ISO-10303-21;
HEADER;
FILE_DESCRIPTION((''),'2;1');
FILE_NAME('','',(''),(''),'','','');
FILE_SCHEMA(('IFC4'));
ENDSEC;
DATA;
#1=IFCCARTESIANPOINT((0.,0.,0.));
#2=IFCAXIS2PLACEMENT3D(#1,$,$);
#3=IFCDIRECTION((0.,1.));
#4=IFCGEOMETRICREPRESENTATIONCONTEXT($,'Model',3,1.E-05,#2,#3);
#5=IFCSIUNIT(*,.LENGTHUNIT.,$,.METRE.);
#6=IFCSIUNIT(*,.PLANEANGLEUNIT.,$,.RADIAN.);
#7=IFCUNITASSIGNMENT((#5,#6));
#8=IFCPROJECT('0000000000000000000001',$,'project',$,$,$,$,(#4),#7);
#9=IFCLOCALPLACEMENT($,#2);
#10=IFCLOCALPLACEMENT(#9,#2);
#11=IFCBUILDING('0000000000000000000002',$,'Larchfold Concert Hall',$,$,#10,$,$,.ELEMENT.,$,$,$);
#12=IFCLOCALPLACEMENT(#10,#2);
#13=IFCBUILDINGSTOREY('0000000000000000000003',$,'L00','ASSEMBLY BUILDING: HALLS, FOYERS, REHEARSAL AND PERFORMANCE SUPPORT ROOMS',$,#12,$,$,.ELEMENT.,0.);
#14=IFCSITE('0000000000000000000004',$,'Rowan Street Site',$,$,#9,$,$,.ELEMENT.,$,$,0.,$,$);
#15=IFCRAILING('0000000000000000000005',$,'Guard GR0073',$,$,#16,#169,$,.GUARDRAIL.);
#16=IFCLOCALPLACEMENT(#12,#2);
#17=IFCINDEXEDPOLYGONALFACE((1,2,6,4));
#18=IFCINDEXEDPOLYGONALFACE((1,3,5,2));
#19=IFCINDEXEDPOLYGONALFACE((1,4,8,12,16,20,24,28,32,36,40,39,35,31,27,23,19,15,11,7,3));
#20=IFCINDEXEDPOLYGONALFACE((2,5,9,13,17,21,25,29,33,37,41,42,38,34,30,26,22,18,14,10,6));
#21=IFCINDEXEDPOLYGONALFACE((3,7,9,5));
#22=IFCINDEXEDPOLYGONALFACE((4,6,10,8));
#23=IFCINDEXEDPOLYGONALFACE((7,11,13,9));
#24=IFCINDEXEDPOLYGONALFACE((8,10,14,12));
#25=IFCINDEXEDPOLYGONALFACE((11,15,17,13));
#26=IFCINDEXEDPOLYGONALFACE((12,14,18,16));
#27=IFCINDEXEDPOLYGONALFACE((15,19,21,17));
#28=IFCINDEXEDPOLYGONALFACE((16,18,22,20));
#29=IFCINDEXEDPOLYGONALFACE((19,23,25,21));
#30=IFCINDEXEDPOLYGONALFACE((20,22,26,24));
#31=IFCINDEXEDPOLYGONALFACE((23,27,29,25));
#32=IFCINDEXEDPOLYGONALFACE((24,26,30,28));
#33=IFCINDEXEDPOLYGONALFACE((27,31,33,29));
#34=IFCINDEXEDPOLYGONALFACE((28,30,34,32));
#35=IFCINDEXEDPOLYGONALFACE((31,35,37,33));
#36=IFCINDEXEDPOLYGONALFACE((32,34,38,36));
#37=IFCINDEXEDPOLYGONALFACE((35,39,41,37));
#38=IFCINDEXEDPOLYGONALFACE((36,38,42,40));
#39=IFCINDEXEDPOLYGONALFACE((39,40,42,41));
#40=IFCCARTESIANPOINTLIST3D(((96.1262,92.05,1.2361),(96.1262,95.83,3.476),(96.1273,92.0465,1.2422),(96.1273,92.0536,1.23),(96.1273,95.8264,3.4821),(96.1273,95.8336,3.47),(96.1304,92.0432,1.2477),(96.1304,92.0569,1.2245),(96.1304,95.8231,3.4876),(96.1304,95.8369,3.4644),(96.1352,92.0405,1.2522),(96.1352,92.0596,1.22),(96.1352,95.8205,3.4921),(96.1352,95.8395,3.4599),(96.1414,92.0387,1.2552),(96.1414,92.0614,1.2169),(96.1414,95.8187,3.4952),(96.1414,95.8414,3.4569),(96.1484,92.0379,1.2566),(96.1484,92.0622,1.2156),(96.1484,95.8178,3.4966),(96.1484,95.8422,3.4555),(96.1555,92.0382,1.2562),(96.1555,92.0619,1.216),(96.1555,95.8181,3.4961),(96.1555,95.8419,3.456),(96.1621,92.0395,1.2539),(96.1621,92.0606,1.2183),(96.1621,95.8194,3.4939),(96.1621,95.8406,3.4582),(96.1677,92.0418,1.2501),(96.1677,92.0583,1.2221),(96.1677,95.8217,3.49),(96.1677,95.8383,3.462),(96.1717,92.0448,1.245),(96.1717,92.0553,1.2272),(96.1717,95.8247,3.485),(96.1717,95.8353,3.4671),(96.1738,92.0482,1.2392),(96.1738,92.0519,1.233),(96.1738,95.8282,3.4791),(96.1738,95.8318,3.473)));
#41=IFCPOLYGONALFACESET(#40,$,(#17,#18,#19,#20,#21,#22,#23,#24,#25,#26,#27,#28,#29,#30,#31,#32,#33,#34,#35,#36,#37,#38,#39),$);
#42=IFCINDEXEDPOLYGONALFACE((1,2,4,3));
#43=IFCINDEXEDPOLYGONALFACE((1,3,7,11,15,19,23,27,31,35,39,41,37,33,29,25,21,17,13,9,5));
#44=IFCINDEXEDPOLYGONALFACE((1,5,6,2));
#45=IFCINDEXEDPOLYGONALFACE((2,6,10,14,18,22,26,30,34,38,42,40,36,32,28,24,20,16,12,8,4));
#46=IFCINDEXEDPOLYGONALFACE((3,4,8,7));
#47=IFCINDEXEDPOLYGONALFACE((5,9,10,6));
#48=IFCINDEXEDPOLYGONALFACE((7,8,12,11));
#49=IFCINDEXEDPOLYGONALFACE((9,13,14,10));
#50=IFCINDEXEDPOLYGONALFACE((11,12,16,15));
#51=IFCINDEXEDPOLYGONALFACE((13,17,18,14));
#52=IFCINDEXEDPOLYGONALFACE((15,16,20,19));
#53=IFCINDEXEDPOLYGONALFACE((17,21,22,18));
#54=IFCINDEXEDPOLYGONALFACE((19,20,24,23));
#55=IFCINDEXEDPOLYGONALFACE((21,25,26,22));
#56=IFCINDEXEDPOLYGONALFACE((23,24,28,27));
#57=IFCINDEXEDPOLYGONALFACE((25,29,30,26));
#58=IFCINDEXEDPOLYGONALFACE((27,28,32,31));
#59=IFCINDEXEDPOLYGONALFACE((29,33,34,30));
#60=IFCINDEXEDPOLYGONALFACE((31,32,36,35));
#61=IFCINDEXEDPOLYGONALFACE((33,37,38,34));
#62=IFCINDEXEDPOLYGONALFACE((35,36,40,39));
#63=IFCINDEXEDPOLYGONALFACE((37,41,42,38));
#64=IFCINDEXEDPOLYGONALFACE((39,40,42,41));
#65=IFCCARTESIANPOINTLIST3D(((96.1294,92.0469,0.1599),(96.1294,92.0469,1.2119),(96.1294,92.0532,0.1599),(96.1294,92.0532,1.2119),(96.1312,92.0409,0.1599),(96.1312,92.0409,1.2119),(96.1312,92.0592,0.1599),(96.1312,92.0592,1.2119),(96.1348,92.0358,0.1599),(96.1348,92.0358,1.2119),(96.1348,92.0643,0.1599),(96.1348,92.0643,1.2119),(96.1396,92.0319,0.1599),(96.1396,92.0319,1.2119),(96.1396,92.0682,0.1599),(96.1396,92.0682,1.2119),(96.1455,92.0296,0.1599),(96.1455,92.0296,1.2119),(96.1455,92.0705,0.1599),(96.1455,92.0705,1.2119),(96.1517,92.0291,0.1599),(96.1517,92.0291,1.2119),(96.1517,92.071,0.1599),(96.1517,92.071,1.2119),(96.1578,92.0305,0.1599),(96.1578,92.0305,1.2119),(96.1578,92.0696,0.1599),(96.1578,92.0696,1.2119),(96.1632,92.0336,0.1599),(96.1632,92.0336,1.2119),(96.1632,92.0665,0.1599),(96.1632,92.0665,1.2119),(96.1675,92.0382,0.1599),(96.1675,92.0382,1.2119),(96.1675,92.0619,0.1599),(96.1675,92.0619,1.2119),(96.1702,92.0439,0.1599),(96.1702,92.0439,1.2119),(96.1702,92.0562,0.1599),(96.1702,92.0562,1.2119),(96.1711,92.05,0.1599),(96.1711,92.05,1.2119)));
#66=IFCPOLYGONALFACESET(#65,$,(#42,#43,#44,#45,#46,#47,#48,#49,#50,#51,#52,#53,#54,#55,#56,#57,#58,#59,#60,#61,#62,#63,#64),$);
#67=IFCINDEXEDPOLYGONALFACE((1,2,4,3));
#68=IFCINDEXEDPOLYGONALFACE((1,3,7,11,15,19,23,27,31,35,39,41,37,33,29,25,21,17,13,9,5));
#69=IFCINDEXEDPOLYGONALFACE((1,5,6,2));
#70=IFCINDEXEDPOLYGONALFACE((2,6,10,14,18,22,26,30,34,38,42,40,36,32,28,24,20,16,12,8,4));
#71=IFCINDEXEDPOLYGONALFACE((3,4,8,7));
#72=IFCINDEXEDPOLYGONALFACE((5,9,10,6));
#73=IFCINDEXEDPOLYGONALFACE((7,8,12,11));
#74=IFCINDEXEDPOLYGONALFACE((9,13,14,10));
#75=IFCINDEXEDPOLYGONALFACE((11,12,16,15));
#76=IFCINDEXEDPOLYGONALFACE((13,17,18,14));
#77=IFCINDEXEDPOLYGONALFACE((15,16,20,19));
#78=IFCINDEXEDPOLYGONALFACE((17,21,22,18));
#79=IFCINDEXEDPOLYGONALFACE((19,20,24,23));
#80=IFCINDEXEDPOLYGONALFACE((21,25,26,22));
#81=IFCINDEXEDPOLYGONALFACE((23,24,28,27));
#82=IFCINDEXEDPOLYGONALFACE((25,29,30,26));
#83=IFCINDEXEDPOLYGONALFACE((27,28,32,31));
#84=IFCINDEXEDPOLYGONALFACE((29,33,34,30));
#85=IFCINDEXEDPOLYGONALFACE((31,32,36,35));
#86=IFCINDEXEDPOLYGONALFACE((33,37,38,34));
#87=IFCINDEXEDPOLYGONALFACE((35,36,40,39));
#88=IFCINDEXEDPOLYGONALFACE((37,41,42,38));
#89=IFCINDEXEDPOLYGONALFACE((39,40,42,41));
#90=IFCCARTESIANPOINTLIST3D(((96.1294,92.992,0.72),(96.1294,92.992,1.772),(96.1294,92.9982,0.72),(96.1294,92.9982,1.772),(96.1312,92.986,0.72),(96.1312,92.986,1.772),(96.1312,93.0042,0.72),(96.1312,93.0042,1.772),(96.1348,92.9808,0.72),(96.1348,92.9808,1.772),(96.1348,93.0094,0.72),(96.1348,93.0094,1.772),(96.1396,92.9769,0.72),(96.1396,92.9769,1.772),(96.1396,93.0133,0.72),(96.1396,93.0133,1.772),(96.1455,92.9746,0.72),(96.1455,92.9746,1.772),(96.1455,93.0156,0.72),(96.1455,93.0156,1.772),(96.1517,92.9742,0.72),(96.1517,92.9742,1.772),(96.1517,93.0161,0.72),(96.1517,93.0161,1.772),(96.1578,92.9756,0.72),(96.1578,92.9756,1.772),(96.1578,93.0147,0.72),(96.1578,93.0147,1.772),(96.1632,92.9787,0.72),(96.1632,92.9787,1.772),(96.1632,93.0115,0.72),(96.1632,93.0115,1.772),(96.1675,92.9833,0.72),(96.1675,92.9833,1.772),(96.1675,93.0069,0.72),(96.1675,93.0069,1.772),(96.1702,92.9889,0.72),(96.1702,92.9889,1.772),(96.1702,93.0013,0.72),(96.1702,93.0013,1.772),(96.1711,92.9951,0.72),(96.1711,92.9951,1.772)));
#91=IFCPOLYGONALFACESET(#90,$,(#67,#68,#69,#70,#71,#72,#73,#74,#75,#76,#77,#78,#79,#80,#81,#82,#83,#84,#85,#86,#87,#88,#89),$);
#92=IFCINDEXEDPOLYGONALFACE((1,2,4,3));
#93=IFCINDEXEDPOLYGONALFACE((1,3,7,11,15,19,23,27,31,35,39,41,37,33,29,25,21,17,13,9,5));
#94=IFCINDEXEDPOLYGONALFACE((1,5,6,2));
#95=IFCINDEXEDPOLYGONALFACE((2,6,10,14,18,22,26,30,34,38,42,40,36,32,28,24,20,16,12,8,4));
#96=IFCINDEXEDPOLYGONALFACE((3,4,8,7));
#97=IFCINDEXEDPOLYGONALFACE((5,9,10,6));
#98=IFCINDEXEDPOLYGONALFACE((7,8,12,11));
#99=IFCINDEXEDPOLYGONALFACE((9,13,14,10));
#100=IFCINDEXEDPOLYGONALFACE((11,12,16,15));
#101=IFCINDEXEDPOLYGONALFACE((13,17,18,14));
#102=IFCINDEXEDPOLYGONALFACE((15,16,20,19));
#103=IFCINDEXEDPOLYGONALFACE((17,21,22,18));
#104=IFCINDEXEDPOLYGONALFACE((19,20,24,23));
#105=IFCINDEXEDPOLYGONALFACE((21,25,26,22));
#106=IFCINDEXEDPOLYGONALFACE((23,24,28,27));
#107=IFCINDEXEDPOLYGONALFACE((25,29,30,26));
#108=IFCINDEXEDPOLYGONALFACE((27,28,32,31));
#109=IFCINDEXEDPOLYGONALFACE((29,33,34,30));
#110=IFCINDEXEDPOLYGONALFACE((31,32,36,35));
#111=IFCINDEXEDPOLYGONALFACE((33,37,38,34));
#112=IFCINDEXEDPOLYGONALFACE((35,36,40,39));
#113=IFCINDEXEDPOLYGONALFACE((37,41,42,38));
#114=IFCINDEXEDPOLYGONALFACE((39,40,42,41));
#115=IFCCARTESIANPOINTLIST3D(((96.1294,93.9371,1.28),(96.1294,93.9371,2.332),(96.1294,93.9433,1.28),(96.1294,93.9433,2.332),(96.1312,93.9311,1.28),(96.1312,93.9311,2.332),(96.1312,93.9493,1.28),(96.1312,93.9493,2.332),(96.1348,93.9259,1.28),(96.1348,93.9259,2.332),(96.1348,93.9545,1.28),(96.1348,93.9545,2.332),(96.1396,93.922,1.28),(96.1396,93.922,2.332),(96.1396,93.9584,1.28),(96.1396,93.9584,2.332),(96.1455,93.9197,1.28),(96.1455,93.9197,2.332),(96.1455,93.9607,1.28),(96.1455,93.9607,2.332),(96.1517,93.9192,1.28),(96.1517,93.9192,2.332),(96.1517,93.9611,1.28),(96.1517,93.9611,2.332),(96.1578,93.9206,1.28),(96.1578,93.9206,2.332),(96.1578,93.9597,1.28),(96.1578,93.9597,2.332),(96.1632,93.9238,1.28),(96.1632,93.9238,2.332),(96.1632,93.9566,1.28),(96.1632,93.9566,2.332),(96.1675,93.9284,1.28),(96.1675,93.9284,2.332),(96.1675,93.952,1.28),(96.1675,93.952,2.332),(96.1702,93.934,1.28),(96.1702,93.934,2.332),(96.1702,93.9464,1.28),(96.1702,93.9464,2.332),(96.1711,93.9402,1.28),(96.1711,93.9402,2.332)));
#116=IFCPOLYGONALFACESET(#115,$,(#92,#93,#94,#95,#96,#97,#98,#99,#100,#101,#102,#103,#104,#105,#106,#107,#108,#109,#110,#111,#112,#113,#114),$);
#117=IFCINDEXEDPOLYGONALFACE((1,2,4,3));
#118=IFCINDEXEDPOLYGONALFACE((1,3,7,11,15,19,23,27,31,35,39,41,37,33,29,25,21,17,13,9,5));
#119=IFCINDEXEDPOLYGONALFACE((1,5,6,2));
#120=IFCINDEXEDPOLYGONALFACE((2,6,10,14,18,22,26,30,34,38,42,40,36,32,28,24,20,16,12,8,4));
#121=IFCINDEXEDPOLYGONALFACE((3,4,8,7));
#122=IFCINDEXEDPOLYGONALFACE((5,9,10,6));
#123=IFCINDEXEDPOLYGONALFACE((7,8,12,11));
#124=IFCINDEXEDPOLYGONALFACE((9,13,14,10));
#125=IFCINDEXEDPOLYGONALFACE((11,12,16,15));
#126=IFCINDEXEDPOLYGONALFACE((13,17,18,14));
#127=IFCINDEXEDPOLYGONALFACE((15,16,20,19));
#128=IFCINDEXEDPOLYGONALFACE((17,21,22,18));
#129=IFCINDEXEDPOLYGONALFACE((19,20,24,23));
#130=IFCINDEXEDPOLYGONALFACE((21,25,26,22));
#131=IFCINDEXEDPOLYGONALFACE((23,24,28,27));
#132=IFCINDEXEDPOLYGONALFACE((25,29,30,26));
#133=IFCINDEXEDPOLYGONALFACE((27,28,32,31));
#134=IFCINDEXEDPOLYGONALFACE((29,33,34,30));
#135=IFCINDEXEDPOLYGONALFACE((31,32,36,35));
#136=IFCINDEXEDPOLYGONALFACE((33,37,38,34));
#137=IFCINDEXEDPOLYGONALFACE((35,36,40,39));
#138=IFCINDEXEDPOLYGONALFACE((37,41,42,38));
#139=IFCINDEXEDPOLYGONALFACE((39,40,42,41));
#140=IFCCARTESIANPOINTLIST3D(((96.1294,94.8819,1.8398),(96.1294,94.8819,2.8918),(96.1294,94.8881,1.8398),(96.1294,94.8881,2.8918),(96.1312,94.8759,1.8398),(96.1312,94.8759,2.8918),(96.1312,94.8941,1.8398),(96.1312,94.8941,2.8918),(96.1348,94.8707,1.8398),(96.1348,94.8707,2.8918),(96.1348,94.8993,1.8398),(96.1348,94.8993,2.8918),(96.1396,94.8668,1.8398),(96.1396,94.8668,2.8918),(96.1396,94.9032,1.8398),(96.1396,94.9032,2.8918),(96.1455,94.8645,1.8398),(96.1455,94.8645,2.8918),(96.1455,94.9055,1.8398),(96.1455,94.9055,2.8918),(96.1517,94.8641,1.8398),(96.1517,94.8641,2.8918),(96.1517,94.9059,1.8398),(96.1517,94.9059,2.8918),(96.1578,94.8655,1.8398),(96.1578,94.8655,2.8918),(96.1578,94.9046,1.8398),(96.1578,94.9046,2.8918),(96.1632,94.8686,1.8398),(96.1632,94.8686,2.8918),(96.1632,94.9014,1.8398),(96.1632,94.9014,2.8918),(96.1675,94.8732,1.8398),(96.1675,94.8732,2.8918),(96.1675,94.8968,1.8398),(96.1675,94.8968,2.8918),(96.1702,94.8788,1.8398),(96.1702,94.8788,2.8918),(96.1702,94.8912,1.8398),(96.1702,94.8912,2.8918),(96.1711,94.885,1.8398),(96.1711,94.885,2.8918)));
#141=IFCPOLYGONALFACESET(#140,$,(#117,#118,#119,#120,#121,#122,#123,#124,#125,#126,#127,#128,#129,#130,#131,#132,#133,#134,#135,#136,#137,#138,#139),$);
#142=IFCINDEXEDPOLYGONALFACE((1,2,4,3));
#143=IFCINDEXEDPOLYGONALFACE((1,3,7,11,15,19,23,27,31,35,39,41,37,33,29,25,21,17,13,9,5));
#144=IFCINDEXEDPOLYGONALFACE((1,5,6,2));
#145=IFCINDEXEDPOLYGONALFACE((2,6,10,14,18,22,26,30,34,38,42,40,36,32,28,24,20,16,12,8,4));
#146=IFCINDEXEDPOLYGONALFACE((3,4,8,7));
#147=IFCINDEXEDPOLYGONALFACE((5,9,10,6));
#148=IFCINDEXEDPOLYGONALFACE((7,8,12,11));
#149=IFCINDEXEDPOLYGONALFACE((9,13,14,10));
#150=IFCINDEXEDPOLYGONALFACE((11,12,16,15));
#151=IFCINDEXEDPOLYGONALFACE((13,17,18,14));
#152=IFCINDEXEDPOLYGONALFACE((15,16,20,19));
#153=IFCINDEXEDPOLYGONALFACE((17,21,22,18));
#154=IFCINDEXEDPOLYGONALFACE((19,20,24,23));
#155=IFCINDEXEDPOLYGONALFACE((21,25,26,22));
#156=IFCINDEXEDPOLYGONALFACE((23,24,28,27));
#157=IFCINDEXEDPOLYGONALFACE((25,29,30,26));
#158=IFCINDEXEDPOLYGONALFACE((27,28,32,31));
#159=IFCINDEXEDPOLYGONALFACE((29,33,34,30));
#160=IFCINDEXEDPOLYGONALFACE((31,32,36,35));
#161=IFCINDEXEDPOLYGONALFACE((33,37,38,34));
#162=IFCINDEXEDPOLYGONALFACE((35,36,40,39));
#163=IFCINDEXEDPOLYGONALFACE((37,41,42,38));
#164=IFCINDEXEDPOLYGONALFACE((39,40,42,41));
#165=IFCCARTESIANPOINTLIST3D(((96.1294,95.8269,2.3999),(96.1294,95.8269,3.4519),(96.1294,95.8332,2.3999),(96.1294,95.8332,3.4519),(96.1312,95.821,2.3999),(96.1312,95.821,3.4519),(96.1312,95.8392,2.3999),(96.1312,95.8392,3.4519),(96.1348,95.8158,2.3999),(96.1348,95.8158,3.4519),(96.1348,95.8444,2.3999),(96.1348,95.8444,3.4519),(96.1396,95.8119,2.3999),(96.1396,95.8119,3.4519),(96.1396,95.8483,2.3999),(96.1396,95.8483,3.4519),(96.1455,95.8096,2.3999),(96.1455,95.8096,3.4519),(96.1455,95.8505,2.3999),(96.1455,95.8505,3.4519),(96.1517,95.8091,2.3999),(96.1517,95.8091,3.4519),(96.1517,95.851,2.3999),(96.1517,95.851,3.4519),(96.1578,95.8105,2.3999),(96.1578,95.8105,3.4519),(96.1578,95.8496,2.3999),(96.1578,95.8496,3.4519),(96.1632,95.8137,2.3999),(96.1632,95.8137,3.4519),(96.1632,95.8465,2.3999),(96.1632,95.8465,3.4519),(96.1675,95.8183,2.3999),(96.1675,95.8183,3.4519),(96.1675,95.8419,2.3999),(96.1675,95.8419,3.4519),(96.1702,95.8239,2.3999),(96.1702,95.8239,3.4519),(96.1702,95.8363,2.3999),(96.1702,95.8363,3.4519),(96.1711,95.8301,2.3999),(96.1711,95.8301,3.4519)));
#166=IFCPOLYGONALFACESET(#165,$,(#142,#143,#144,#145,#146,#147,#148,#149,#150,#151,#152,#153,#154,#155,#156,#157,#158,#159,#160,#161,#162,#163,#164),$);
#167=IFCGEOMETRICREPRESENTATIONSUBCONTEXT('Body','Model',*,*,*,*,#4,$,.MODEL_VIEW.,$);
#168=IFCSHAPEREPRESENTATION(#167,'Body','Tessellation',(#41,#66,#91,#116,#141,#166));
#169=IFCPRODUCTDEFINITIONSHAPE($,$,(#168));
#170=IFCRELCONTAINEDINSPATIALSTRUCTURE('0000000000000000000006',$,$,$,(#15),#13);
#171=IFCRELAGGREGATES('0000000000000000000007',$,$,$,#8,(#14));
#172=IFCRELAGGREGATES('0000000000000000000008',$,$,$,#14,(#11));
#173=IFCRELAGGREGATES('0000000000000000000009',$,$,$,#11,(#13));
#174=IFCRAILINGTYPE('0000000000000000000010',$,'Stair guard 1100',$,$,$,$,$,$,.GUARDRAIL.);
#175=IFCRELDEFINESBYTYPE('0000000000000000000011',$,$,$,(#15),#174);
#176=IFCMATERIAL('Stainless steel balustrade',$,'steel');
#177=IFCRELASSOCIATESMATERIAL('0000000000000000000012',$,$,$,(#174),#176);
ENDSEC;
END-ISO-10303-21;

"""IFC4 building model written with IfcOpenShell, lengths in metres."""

from ifc_helpers import new_model, si_unit, direction, frame, origin, origin_2d, place, context, subcontext, project, spatial, circle, extrude, material, type_object, element, save


model = new_model("IFC4")

# Units and contexts
model_context = context("Model", 3, precision=1e-05, world=origin(), true_north=direction((0.0, 1.0)))
body_context = subcontext(model_context, "Body", "Model", "MODEL_VIEW")
ifc_project = project(units=[si_unit("LENGTHUNIT", "METRE"), si_unit("PLANEANGLEUNIT", "RADIAN")], contexts=[model_context])

# Site, building, storey
site_placement = place(None, origin())
site = spatial("IfcSite", under=ifc_project, at=site_placement, Name="Rowan Street Site", CompositionType="ELEMENT", RefElevation=0.0)
building_placement = place(site_placement, origin())
building = spatial("IfcBuilding", under=site, at=building_placement, Name="Larchfold Concert Hall", CompositionType="ELEMENT")
storey_placement = place(building_placement, origin())
storey = spatial("IfcBuildingStorey", under=building, at=storey_placement, Name="L00", Description="ASSEMBLY BUILDING: HALLS, FOYERS, REHEARSAL AND PERFORMANCE SUPPORT ROOMS", CompositionType="ELEMENT", Elevation=0.0)

# Railing
ifc_material_1 = material(Name="Stainless steel balustrade", Category="steel")
railing_type_1 = type_object("IfcRailingType", Name="Stair guard 1100", PredefinedType="GUARDRAIL", material=ifc_material_1)
railing_1_placement = place(storey_placement, frame((96.1501, 92.05, 0.1599)))
element("IfcRailing", 1, at=railing_1_placement, inside=storey, type_object=railing_type_1, Name="Guard GR0073", PredefinedType="GUARDRAIL", context=body_context, shape_type="SweptSolid", body=[
    extrude(circle(Radius=0.0239, at=origin_2d()), frame((0.0, 0.0, 1.0762), z_axis=(0.0, 0.860294, 0.509798), x_axis=(-1.0, 0.0, 0.0)), (0.0, 0.0, 1.0), 4.3938),
    extrude(circle(Radius=0.021, at=origin_2d()), origin(), (0.0, 0.0, 1.0), 1.052),
    extrude(circle(Radius=0.021, at=origin_2d()), frame((0.0, 0.9451, 0.5601)), (0.0, 0.0, 1.0), 1.052),
    extrude(circle(Radius=0.021, at=origin_2d()), frame((0.0, 1.8901, 1.1201)), (0.0, 0.0, 1.0), 1.052),
    extrude(circle(Radius=0.021, at=origin_2d()), frame((0.0, 2.835, 1.6799)), (0.0, 0.0, 1.0), 1.052),
    extrude(circle(Radius=0.021, at=origin_2d()), frame((0.0, 3.78, 2.24)), (0.0, 0.0, 1.0), 1.052),
])

save(model, "model.ifc")
